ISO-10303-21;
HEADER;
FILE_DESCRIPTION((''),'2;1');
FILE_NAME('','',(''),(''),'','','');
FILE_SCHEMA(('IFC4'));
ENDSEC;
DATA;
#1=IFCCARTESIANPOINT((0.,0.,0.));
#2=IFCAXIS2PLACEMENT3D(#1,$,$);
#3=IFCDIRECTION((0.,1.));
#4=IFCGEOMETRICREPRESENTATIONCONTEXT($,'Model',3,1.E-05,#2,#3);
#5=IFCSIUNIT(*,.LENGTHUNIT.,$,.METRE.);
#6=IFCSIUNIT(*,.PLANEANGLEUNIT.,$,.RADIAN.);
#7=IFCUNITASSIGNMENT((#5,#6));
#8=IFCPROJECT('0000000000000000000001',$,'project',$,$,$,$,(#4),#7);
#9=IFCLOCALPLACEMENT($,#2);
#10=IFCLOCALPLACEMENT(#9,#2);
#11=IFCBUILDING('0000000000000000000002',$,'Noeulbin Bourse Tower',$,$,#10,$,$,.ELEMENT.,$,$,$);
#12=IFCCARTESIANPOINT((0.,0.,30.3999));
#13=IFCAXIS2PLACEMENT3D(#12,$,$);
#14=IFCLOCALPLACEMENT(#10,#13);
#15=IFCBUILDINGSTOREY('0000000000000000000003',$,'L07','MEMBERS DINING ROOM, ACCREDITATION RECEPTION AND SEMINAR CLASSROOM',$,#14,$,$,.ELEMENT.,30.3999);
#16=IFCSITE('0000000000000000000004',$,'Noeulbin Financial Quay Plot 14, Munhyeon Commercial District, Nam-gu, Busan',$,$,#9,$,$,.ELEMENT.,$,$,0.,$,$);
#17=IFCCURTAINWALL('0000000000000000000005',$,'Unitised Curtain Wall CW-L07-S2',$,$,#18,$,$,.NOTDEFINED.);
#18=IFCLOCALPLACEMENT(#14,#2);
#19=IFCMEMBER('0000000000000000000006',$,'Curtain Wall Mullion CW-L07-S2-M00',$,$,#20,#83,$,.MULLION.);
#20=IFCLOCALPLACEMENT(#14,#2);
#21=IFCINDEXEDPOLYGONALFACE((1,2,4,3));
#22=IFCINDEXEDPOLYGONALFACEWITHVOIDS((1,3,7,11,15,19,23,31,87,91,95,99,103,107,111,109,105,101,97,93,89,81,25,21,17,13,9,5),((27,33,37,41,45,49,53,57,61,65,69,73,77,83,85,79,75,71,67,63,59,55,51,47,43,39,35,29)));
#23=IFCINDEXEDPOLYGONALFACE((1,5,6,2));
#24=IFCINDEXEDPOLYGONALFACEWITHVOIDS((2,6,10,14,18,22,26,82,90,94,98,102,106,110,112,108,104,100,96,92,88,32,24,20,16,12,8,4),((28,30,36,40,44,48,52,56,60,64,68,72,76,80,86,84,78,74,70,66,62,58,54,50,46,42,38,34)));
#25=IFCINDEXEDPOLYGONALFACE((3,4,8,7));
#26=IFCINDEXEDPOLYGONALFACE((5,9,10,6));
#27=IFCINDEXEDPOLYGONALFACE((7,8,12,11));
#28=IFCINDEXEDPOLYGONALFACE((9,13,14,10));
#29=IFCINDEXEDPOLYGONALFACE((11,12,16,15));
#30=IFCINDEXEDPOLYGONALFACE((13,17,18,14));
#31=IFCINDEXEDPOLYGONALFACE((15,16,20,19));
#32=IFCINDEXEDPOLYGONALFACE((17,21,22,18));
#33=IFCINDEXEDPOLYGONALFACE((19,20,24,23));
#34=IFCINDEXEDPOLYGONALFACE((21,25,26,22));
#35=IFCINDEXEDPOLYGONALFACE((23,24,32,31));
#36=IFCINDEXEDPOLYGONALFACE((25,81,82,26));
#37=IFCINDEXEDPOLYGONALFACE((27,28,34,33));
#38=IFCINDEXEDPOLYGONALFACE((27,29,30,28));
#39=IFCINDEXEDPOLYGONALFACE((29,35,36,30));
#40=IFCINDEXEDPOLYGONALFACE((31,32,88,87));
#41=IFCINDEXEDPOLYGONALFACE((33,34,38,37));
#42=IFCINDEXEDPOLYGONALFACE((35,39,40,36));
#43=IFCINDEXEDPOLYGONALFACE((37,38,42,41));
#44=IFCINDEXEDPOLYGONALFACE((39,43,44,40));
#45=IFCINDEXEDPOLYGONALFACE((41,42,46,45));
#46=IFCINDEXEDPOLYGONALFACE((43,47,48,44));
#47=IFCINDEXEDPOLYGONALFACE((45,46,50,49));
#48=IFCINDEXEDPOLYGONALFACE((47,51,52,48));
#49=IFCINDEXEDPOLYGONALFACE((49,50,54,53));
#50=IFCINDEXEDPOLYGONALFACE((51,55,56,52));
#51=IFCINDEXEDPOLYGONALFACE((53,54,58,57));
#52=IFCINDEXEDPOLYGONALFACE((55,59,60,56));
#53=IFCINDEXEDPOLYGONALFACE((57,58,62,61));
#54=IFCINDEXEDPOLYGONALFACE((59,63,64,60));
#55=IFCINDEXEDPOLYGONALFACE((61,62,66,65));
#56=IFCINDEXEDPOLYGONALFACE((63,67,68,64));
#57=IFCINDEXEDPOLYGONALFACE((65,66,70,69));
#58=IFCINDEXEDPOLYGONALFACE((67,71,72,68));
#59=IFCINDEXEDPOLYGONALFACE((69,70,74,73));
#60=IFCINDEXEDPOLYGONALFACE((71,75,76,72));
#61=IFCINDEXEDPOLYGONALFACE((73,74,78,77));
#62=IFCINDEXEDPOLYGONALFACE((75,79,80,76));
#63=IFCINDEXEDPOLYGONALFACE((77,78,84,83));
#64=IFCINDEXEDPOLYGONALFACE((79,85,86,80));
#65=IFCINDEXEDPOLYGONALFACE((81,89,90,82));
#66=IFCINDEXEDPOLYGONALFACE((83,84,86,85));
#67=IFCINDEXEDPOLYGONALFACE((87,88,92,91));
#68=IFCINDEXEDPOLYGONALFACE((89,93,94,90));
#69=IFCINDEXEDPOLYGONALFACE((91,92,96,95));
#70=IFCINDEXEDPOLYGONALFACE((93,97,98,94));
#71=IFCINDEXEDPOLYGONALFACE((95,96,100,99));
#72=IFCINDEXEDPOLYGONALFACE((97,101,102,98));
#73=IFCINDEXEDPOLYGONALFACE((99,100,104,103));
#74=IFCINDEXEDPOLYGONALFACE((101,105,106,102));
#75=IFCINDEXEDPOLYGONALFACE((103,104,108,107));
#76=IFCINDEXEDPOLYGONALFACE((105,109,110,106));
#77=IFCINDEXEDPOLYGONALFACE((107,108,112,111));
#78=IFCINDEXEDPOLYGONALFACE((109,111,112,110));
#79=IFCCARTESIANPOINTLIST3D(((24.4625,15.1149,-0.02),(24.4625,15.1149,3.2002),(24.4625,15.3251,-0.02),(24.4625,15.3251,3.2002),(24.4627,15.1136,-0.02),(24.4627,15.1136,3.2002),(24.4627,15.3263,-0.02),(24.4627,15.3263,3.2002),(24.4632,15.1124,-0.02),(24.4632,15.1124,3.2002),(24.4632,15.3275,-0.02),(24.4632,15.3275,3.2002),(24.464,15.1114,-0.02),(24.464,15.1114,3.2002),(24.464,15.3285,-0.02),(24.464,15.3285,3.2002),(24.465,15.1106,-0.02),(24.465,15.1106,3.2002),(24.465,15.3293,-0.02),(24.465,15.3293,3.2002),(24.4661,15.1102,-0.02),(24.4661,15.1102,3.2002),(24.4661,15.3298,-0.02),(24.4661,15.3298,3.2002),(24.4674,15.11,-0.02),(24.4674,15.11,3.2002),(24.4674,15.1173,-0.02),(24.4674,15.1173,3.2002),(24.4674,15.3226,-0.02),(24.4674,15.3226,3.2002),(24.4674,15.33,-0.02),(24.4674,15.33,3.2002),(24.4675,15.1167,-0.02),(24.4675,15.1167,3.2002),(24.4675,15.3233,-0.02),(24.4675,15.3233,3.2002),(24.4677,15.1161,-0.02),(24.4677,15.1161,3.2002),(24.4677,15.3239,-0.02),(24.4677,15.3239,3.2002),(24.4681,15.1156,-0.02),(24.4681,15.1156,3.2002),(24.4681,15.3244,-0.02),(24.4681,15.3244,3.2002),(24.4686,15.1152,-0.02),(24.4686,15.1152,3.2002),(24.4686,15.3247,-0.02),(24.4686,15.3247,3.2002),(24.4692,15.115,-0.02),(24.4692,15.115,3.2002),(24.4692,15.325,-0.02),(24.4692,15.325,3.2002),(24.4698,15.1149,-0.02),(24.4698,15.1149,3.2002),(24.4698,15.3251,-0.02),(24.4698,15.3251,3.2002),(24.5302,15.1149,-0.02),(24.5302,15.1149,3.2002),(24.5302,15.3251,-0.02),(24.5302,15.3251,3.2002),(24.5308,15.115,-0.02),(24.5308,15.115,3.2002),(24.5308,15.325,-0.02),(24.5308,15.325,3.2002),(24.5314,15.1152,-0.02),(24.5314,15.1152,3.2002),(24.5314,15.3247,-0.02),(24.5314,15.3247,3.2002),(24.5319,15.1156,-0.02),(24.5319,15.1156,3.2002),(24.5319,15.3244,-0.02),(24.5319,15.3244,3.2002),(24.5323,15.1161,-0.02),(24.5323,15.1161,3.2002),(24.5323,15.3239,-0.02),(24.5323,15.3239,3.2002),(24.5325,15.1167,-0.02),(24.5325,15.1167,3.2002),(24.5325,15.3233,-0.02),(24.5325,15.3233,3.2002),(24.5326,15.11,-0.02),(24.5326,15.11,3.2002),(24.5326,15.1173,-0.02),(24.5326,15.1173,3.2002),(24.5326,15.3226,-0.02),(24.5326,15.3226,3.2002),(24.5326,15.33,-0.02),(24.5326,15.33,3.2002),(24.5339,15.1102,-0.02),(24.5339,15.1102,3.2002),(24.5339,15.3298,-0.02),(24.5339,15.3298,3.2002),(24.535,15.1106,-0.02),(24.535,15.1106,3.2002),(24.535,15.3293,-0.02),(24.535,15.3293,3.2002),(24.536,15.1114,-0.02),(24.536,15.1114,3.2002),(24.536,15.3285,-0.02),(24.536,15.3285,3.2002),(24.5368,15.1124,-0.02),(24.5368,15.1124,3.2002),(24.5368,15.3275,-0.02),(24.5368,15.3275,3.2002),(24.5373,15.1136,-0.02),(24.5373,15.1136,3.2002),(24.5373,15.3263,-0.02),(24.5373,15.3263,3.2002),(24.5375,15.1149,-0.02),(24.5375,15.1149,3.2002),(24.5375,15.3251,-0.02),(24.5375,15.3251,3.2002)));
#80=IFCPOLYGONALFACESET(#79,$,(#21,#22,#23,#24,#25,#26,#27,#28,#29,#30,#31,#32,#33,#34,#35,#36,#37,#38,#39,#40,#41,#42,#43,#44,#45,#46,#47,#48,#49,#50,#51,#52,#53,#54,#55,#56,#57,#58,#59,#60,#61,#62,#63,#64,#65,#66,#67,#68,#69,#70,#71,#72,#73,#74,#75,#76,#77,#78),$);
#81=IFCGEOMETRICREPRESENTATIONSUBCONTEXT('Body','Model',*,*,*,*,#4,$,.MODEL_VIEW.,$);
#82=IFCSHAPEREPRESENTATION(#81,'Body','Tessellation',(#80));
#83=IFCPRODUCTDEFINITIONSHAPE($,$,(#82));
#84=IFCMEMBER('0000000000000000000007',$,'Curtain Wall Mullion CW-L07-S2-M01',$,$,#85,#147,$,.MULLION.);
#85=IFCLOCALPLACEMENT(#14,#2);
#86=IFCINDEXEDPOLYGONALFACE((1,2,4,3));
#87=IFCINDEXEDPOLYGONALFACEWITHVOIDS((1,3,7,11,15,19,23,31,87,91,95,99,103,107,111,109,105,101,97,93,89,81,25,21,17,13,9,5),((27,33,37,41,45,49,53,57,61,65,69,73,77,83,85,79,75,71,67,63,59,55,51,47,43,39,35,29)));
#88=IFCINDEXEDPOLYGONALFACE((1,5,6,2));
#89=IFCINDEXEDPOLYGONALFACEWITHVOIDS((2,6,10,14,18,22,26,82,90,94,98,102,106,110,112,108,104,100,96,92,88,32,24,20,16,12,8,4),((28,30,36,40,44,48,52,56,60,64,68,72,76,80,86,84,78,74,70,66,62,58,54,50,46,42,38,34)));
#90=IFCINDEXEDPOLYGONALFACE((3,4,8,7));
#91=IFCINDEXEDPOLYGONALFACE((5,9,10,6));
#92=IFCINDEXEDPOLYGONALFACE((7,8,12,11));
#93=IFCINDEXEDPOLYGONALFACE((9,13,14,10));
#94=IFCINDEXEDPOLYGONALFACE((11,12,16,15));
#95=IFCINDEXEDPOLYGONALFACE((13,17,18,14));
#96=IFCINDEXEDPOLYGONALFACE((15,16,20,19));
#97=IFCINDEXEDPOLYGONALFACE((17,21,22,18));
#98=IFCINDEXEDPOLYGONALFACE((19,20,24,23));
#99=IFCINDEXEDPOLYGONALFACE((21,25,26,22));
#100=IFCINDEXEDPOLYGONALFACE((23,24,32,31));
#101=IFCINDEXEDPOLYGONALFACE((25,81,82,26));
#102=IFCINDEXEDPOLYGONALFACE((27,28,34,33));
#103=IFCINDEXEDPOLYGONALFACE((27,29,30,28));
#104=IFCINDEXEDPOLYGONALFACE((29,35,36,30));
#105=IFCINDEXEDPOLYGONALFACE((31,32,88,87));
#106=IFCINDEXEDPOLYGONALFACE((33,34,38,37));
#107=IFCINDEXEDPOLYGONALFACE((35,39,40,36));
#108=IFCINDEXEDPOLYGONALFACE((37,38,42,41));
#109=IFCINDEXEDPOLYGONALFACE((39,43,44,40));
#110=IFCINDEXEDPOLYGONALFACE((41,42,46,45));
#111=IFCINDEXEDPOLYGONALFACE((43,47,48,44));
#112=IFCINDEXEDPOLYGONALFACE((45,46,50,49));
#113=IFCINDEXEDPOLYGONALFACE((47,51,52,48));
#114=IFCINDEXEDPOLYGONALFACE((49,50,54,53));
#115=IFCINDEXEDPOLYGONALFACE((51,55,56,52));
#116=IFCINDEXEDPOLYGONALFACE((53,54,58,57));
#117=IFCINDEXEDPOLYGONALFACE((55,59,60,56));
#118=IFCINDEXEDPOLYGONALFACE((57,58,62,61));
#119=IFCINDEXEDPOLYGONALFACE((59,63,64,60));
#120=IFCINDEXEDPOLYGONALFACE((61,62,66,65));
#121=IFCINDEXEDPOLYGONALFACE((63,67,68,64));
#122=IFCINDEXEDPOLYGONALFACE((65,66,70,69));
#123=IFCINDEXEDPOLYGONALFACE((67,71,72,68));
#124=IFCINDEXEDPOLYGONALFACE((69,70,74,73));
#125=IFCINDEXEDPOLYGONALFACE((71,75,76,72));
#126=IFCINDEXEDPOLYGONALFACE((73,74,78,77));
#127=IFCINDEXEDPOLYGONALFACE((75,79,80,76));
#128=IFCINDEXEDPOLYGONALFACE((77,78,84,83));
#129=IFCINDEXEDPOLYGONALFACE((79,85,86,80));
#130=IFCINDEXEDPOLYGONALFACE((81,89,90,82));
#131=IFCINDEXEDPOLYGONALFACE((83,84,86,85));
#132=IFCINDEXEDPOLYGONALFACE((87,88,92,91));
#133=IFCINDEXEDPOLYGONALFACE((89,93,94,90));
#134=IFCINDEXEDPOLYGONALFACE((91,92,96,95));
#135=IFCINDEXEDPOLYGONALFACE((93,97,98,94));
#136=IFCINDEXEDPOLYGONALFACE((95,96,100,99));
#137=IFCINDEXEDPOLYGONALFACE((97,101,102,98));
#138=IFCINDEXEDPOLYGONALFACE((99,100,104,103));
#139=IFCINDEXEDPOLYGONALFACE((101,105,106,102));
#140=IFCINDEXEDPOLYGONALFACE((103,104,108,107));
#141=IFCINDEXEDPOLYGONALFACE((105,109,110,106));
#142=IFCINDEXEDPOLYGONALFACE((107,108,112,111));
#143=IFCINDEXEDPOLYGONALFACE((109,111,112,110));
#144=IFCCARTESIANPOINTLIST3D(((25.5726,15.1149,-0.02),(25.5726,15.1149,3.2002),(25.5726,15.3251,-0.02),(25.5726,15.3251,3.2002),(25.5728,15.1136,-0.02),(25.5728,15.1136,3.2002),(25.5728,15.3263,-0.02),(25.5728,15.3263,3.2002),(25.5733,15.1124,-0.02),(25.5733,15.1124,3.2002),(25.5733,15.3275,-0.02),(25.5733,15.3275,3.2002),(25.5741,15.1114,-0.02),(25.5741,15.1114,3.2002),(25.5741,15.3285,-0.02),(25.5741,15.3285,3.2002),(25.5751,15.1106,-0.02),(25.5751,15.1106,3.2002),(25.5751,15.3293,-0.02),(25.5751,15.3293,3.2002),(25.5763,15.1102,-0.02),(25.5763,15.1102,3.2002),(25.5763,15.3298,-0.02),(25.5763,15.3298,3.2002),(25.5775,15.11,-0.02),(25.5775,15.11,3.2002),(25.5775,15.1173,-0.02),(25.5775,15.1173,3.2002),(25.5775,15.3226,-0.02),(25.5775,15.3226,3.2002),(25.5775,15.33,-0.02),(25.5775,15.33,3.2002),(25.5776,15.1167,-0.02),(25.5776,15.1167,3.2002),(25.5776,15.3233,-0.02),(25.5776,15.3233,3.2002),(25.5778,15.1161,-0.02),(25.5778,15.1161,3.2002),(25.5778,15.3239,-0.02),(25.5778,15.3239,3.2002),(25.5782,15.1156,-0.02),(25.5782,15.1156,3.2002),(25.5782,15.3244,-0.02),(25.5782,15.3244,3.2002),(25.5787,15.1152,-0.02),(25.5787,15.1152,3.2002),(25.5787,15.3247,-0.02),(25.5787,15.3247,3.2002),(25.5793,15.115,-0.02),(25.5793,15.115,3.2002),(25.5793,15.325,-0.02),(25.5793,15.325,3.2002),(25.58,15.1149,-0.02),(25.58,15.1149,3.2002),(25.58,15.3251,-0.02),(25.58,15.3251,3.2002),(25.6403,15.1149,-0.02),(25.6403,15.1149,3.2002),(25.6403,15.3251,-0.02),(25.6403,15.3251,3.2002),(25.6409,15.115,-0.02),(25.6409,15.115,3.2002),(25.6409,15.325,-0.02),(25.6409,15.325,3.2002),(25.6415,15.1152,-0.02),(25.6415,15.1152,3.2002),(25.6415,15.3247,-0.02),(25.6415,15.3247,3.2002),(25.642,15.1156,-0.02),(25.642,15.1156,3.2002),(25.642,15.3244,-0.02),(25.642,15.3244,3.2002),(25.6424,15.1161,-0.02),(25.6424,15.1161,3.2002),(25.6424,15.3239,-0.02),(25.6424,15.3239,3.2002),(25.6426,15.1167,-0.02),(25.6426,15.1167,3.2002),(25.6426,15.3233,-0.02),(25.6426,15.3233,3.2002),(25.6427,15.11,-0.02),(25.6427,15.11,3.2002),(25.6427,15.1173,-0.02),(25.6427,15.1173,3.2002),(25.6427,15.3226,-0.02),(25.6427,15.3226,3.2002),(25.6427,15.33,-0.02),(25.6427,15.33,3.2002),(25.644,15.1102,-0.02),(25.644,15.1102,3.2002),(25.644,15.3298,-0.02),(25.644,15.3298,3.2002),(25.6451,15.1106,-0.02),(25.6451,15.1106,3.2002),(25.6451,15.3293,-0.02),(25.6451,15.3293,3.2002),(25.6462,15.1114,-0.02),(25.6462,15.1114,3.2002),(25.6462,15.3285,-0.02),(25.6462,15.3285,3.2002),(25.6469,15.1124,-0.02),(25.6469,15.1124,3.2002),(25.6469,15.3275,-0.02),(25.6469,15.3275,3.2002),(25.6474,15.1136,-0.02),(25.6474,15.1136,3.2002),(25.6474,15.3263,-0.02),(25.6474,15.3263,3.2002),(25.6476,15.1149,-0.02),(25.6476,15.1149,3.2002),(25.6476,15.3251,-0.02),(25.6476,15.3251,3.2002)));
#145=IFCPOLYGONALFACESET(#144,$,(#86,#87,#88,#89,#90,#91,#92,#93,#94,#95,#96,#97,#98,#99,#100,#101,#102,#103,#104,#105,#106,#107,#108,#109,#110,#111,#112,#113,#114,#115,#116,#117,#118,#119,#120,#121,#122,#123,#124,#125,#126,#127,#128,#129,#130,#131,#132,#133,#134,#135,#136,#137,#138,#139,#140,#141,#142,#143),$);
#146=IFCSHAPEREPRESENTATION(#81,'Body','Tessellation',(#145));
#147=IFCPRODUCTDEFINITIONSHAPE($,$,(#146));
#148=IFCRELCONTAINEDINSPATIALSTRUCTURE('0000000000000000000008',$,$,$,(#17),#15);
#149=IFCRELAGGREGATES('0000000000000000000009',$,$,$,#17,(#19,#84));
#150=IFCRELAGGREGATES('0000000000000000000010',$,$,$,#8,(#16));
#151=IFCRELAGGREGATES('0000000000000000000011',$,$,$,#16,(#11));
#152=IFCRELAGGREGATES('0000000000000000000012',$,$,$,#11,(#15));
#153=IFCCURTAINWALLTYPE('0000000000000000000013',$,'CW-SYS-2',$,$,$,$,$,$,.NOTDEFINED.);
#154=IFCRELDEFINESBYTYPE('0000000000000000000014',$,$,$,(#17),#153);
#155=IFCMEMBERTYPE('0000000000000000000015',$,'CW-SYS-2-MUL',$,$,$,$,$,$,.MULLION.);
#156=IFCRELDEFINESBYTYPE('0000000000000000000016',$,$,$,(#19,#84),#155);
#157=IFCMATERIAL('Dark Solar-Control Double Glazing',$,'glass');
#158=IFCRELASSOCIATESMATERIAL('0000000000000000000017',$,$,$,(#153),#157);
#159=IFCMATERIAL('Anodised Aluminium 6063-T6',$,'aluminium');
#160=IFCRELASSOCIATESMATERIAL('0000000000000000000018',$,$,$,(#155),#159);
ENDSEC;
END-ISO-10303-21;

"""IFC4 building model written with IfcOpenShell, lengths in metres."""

from ifc_helpers import new_model, si_unit, direction, frame, origin, origin_2d, place, context, subcontext, project, spatial, hollow_rectangle, extrude, material, material_profile, profile_set, type_object, element, aggregate, save


model = new_model("IFC4")

# Units and contexts
model_context = context("Model", 3, precision=1e-05, world=origin(), true_north=direction((0.0, 1.0)))
body_context = subcontext(model_context, "Body", "Model", "MODEL_VIEW")
ifc_project = project(units=[si_unit("LENGTHUNIT", "METRE"), si_unit("PLANEANGLEUNIT", "RADIAN")], contexts=[model_context])

# Site, building, storey
site_placement = place(None, origin())
site = spatial("IfcSite", under=ifc_project, at=site_placement, Name="Noeulbin Financial Quay Plot 14, Munhyeon Commercial District, Nam-gu, Busan", CompositionType="ELEMENT", RefElevation=0.0)
building_placement = place(site_placement, origin())
building = spatial("IfcBuilding", under=site, at=building_placement, Name="Noeulbin Bourse Tower", CompositionType="ELEMENT")
storey_placement = place(building_placement, frame((0.0, 0.0, 30.3999)))
storey = spatial("IfcBuildingStorey", under=building, at=storey_placement, Name="L07", Description="MEMBERS DINING ROOM, ACCREDITATION RECEPTION AND SEMINAR CLASSROOM", CompositionType="ELEMENT", Elevation=30.3999)

# Shared definitions
ifc_material_1 = material(Name="Dark Solar-Control Double Glazing", Category="glass")
curtain_wall_type = type_object("IfcCurtainWallType", Name="CW-SYS-2", PredefinedType="NOTDEFINED", material=ifc_material_1)
ifc_material_2 = material(Name="Anodised Aluminium 6063-T6", Category="aluminium")
ifc_material_profile_1 = material_profile(ifc_material_2, hollow_rectangle(XDim=0.075, YDim=0.22, WallThickness=0.0049, InnerFilletRadius=0.0024, OuterFilletRadius=0.0049, at=origin_2d()), Name="ALU-MULL-75x220x5", Category="LoadBearing")
ifc_profile_set_1 = profile_set([ifc_material_profile_1], Name="Anodised Aluminium 6063-T6")
member_type_1 = type_object("IfcMemberType", Name="CW-SYS-2-MUL", PredefinedType="MULLION", material=ifc_profile_set_1)

# Curtain wall, members
curtain_wall_1_placement = place(storey_placement, origin())
curtain_wall_1 = element("IfcCurtainWall", 1, at=curtain_wall_1_placement, inside=storey, type_object=curtain_wall_type, Name="Unitised Curtain Wall CW-L07-S2", PredefinedType="NOTDEFINED")
member_1_placement = place(storey_placement, frame((24.5, 15.22, -0.02), z_axis=(0.0, 0.0, 1.0), x_axis=(1.0, 0.0, 0.0)))
member_1 = element("IfcMember", 2, at=member_1_placement, type_object=member_type_1, Name="Curtain Wall Mullion CW-L07-S2-M00", PredefinedType="MULLION", context=body_context, shape_type="SweptSolid", body=[
    extrude(hollow_rectangle(XDim=0.075, YDim=0.22, WallThickness=0.0049, InnerFilletRadius=0.0024, OuterFilletRadius=0.0049, at=origin_2d()), origin(), (0.0, 0.0, 1.0), 3.2202),
])
member_2_placement = place(storey_placement, frame((25.6101, 15.22, -0.02), z_axis=(0.0, 0.0, 1.0), x_axis=(1.0, 0.0, 0.0)))
member_2 = element("IfcMember", 3, at=member_2_placement, type_object=member_type_1, Name="Curtain Wall Mullion CW-L07-S2-M01", PredefinedType="MULLION", context=body_context, shape_type="SweptSolid", body=[
    extrude(hollow_rectangle(XDim=0.075, YDim=0.22, WallThickness=0.0049, InnerFilletRadius=0.0024, OuterFilletRadius=0.0049, at=origin_2d()), origin(), (0.0, 0.0, 1.0), 3.2202),
])

aggregate(curtain_wall_1, [member_1, member_2])

save(model, "model.ifc")
